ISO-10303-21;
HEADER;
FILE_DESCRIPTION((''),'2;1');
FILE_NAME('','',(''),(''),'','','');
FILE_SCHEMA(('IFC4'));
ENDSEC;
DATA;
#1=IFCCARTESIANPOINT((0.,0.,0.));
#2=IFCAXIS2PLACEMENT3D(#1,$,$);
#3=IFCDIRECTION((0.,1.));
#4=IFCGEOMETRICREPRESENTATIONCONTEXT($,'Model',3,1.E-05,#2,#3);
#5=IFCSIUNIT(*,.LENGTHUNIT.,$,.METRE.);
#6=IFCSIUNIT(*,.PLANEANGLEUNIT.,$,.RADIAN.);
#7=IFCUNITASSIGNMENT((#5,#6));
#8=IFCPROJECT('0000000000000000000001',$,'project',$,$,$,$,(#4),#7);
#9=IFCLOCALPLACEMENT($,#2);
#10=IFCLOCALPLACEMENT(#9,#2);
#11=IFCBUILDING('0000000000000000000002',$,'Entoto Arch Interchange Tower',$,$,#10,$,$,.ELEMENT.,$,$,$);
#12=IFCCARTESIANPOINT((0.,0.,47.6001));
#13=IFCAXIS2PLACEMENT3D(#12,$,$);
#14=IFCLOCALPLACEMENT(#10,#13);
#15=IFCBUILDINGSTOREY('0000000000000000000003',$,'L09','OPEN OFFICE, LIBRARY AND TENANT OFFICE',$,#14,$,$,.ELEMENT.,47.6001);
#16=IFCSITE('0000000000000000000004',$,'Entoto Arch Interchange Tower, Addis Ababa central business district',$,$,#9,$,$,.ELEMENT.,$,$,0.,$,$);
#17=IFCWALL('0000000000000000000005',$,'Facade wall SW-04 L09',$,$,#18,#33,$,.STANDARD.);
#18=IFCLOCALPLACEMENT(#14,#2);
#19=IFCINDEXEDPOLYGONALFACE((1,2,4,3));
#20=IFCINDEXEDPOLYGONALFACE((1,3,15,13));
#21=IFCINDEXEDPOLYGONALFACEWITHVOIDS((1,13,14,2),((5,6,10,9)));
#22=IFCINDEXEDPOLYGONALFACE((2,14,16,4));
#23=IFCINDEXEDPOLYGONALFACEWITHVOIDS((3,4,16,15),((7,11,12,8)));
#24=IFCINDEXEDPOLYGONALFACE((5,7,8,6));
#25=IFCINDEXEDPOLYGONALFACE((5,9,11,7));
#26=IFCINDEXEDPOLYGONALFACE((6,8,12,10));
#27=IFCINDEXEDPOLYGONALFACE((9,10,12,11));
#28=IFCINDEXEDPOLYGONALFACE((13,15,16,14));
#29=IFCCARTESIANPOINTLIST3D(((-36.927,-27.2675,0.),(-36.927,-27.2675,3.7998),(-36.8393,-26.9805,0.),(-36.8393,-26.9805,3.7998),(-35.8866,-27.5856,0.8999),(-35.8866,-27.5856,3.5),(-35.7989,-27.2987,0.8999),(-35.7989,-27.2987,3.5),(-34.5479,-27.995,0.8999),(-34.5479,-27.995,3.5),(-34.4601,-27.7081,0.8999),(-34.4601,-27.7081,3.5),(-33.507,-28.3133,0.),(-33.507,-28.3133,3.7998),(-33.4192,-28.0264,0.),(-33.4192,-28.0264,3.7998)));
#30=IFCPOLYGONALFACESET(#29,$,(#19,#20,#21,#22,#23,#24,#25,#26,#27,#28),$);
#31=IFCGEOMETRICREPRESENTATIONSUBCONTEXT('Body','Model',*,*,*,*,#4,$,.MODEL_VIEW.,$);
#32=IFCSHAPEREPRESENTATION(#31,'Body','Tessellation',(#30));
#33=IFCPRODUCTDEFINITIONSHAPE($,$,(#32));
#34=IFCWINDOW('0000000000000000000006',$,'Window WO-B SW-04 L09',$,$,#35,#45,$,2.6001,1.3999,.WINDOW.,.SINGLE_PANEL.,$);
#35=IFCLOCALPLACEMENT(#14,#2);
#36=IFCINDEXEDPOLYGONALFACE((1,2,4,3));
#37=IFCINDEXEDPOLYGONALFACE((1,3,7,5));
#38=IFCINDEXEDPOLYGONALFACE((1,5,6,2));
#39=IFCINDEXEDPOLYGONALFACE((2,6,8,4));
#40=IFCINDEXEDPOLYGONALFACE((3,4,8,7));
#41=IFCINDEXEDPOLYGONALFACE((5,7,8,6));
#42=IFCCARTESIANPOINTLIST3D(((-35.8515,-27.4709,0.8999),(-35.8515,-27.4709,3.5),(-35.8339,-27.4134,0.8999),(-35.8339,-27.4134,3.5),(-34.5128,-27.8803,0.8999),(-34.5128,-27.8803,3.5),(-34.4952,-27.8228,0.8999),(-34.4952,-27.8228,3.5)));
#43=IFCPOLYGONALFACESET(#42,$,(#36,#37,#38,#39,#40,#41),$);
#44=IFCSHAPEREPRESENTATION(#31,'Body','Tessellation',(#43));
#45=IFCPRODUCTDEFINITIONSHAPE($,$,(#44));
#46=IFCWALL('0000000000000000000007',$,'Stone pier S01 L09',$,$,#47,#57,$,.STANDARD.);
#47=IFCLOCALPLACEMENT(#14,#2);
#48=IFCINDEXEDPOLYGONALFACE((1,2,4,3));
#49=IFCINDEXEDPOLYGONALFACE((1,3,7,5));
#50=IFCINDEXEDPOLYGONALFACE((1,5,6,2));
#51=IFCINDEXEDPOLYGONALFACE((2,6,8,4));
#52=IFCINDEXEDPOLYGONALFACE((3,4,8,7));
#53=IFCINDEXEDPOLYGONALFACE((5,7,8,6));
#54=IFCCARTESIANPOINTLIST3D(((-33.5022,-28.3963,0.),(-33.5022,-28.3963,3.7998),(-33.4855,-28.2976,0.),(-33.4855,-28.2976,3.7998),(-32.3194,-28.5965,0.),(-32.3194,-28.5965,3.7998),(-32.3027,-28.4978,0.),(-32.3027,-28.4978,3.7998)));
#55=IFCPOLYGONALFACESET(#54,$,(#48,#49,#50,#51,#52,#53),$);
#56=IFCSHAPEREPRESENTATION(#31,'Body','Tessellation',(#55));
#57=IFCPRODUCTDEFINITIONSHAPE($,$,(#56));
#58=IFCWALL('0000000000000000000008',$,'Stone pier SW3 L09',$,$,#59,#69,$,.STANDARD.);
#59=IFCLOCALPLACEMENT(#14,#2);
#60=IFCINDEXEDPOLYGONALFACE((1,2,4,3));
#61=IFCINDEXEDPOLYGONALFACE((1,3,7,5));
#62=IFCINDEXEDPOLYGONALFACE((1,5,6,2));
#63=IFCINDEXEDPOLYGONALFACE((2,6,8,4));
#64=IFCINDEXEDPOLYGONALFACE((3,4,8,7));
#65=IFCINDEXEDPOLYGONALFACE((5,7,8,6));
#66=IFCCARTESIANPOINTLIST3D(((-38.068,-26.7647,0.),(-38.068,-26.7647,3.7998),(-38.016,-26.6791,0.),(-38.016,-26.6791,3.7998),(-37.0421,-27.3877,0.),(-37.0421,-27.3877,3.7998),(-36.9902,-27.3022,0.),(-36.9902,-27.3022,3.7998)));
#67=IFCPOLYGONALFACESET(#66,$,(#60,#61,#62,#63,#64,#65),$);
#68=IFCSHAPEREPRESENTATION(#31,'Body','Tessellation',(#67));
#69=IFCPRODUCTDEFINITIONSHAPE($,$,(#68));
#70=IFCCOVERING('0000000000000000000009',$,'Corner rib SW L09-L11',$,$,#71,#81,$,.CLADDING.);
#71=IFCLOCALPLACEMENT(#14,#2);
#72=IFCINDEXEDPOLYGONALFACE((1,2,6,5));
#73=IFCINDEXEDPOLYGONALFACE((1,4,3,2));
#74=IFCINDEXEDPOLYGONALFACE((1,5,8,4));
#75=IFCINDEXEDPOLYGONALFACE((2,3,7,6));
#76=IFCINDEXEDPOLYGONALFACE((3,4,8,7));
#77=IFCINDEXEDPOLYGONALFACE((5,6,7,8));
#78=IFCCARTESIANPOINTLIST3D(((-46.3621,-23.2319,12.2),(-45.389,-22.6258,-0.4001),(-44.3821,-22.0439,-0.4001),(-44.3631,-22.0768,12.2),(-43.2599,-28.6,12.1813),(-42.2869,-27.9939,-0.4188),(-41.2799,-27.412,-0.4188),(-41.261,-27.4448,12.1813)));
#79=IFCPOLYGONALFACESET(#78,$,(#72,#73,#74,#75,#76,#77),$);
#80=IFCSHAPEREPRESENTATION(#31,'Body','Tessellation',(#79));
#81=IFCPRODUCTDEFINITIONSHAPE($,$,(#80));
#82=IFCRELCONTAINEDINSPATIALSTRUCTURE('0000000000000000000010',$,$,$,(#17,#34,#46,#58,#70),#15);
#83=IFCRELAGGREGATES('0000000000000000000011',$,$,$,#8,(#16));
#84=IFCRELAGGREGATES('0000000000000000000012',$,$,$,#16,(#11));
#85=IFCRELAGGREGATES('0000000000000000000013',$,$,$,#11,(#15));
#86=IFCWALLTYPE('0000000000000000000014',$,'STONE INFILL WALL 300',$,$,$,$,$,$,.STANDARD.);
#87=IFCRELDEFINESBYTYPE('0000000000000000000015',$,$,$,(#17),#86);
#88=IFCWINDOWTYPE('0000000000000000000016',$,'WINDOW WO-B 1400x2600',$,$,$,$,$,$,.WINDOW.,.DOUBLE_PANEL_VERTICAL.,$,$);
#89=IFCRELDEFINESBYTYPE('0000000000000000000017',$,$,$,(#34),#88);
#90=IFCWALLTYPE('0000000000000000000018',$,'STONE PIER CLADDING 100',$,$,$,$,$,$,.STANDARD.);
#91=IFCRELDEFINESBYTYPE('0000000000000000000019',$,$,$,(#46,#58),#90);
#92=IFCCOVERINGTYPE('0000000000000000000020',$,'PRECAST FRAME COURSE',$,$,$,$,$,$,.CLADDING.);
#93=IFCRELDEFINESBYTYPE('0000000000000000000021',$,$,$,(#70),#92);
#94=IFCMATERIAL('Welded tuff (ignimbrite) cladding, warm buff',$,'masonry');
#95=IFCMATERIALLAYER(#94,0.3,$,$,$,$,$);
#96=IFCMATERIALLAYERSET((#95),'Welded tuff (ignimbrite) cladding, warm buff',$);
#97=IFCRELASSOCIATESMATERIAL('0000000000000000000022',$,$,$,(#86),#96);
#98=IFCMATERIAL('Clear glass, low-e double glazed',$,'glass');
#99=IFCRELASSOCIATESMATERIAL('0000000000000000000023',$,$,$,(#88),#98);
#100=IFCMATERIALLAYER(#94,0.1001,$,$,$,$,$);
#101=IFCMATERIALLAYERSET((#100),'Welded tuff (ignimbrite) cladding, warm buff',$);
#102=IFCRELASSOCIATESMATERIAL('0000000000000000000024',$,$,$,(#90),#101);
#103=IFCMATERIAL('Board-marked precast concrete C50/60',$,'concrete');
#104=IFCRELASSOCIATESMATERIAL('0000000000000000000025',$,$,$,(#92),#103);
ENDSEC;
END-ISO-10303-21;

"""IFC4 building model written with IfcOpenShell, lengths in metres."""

from ifc_helpers import new_model, si_unit, direction, frame, frame_2d, origin, place, context, subcontext, project, spatial, polyline, rectangle, outline, extrude, material, layer, layer_set, type_object, element, fill, save


model = new_model("IFC4")

# Units and contexts
model_context = context("Model", 3, precision=1e-05, world=origin(), true_north=direction((0.0, 1.0)))
body_context = subcontext(model_context, "Body", "Model", "MODEL_VIEW")
ifc_project = project(units=[si_unit("LENGTHUNIT", "METRE"), si_unit("PLANEANGLEUNIT", "RADIAN")], contexts=[model_context])

# Site, building, storey
site_placement = place(None, origin())
site = spatial("IfcSite", under=ifc_project, at=site_placement, Name="Entoto Arch Interchange Tower, Addis Ababa central business district", CompositionType="ELEMENT", RefElevation=0.0)
building_placement = place(site_placement, origin())
building = spatial("IfcBuilding", under=site, at=building_placement, Name="Entoto Arch Interchange Tower", CompositionType="ELEMENT")
storey_placement = place(building_placement, frame((0.0, 0.0, 47.6001)))
storey = spatial("IfcBuildingStorey", under=building, at=storey_placement, Name="L09", Description="OPEN OFFICE, LIBRARY AND TENANT OFFICE", CompositionType="ELEMENT", Elevation=47.6001)

# Shared definitions
ifc_material_1 = material(Name="Welded tuff (ignimbrite) cladding, warm buff", Category="masonry")
ifc_layer_1 = layer(ifc_material_1, 0.3)
ifc_layer_set_1 = layer_set([ifc_layer_1], Name="Welded tuff (ignimbrite) cladding, warm buff")
wall_type_1 = type_object("IfcWallType", Name="STONE INFILL WALL 300", PredefinedType="STANDARD", material=ifc_layer_set_1)
ifc_material_2 = material(Name="Clear glass, low-e double glazed", Category="glass")

# Wall, opening, window
window_type_1 = type_object("IfcWindowType", Name="WINDOW WO-B 1400x2600", PartitioningType="DOUBLE_PANEL_VERTICAL", PredefinedType="WINDOW", material=ifc_material_2)
wall_1_placement = place(storey_placement, frame((-36.8831, -27.124, 0.0), z_axis=(0.0, 0.0, 1.0), x_axis=(0.956285, -0.292435, 0.0)))
wall_1 = element("IfcWall", 1, at=wall_1_placement, inside=storey, type_object=wall_type_1, Name="Facade wall SW-04 L09", PredefinedType="STANDARD", context=body_context, shape_type="SweptSolid", body=[
    extrude(rectangle(XDim=3.5764, YDim=0.3, at=frame_2d((1.7881, 0.0))), origin(), (0.0, 0.0, 1.0), 3.7998),
])
opening_1_placement = place(wall_1_placement, frame((1.0879, 0.0, 0.8999)))
opening_1 = element("IfcOpeningElement", 2, at=opening_1_placement, cuts=wall_1, PredefinedType="OPENING", context=body_context, shape_type="SweptSolid", body=[
    extrude(rectangle(XDim=1.3999, YDim=2.6001, at=frame_2d((0.7, 1.3))), frame((0.0, 0.1602, 0.0), z_axis=(0.0, -1.0, 0.0), x_axis=(1.0, 0.0, 0.0)), (0.0, 0.0, 1.0), 0.3201),
])
window_1_placement = place(opening_1_placement, origin())
window_1 = element("IfcWindow", 3, at=window_1_placement, inside=storey, type_object=window_type_1, Name="Window WO-B SW-04 L09", OverallHeight=2.6001, OverallWidth=1.3999, PartitioningType="SINGLE_PANEL", PredefinedType="WINDOW", context=body_context, shape_type="SweptSolid", body=[
    extrude(rectangle(XDim=1.3999, YDim=2.6001, at=frame_2d((0.7, 1.3))), frame((0.0, 0.03, 0.0), z_axis=(0.0, -1.0, 0.0), x_axis=(1.0, 0.0, 0.0)), (0.0, 0.0, 1.0), 0.0601),
])
fill(opening_1, window_1)

# Walls
ifc_layer_2 = layer(ifc_material_1, 0.1001)
ifc_layer_set_2 = layer_set([ifc_layer_2], Name="Welded tuff (ignimbrite) cladding, warm buff")
wall_type_2 = type_object("IfcWallType", Name="STONE PIER CLADDING 100", PredefinedType="STANDARD", material=ifc_layer_set_2)
wall_2_placement = place(storey_placement, frame((-33.4939, -28.3469, 0.0), z_axis=(0.0, 0.0, 1.0), x_axis=(0.985978, -0.166874, 0.0)))
element("IfcWall", 4, at=wall_2_placement, inside=storey, type_object=wall_type_2, Name="Stone pier S01 L09", PredefinedType="STANDARD", context=body_context, shape_type="SweptSolid", body=[
    extrude(rectangle(XDim=1.1997, YDim=0.1001, at=frame_2d((0.5999, 0.0))), origin(), (0.0, 0.0, 1.0), 3.7998),
])
wall_3_placement = place(storey_placement, frame((-38.042, -26.7219, 0.0), z_axis=(0.0, 0.0, 1.0), x_axis=(0.854717, -0.519095, 0.0)))
element("IfcWall", 5, at=wall_3_placement, inside=storey, type_object=wall_type_2, Name="Stone pier SW3 L09", PredefinedType="STANDARD", context=body_context, shape_type="SweptSolid", body=[
    extrude(rectangle(XDim=1.2002, YDim=0.1001, at=frame_2d((0.6001, 0.0))), origin(), (0.0, 0.0, 1.0), 3.7998),
])

# Covering
ifc_material_3 = material(Name="Board-marked precast concrete C50/60", Category="concrete")
covering_type = type_object("IfcCoveringType", Name="PRECAST FRAME COURSE", PredefinedType="CLADDING", material=ifc_material_3)
covering_1_placement = place(storey_placement, frame((-44.3821, -22.0439, -0.4001), z_axis=(-0.500349, 0.865819, 0.003008), x_axis=(-0.865822, -0.500351, 0.0)))
element("IfcCovering", 6, at=covering_1_placement, inside=storey, type_object=covering_type, Name="Corner rib SW L09-L11", PredefinedType="CLADDING", context=body_context, shape_type="SweptSolid", body=[
    extrude(outline(polyline([(0.0, 0.0), (1.163, 0.0), (2.3087, 12.6002), (0.0, 12.6002), (0.0, 0.0)])), origin(), (0.0, 0.0, -1.0), 6.2),
])

save(model, "model.ifc")
